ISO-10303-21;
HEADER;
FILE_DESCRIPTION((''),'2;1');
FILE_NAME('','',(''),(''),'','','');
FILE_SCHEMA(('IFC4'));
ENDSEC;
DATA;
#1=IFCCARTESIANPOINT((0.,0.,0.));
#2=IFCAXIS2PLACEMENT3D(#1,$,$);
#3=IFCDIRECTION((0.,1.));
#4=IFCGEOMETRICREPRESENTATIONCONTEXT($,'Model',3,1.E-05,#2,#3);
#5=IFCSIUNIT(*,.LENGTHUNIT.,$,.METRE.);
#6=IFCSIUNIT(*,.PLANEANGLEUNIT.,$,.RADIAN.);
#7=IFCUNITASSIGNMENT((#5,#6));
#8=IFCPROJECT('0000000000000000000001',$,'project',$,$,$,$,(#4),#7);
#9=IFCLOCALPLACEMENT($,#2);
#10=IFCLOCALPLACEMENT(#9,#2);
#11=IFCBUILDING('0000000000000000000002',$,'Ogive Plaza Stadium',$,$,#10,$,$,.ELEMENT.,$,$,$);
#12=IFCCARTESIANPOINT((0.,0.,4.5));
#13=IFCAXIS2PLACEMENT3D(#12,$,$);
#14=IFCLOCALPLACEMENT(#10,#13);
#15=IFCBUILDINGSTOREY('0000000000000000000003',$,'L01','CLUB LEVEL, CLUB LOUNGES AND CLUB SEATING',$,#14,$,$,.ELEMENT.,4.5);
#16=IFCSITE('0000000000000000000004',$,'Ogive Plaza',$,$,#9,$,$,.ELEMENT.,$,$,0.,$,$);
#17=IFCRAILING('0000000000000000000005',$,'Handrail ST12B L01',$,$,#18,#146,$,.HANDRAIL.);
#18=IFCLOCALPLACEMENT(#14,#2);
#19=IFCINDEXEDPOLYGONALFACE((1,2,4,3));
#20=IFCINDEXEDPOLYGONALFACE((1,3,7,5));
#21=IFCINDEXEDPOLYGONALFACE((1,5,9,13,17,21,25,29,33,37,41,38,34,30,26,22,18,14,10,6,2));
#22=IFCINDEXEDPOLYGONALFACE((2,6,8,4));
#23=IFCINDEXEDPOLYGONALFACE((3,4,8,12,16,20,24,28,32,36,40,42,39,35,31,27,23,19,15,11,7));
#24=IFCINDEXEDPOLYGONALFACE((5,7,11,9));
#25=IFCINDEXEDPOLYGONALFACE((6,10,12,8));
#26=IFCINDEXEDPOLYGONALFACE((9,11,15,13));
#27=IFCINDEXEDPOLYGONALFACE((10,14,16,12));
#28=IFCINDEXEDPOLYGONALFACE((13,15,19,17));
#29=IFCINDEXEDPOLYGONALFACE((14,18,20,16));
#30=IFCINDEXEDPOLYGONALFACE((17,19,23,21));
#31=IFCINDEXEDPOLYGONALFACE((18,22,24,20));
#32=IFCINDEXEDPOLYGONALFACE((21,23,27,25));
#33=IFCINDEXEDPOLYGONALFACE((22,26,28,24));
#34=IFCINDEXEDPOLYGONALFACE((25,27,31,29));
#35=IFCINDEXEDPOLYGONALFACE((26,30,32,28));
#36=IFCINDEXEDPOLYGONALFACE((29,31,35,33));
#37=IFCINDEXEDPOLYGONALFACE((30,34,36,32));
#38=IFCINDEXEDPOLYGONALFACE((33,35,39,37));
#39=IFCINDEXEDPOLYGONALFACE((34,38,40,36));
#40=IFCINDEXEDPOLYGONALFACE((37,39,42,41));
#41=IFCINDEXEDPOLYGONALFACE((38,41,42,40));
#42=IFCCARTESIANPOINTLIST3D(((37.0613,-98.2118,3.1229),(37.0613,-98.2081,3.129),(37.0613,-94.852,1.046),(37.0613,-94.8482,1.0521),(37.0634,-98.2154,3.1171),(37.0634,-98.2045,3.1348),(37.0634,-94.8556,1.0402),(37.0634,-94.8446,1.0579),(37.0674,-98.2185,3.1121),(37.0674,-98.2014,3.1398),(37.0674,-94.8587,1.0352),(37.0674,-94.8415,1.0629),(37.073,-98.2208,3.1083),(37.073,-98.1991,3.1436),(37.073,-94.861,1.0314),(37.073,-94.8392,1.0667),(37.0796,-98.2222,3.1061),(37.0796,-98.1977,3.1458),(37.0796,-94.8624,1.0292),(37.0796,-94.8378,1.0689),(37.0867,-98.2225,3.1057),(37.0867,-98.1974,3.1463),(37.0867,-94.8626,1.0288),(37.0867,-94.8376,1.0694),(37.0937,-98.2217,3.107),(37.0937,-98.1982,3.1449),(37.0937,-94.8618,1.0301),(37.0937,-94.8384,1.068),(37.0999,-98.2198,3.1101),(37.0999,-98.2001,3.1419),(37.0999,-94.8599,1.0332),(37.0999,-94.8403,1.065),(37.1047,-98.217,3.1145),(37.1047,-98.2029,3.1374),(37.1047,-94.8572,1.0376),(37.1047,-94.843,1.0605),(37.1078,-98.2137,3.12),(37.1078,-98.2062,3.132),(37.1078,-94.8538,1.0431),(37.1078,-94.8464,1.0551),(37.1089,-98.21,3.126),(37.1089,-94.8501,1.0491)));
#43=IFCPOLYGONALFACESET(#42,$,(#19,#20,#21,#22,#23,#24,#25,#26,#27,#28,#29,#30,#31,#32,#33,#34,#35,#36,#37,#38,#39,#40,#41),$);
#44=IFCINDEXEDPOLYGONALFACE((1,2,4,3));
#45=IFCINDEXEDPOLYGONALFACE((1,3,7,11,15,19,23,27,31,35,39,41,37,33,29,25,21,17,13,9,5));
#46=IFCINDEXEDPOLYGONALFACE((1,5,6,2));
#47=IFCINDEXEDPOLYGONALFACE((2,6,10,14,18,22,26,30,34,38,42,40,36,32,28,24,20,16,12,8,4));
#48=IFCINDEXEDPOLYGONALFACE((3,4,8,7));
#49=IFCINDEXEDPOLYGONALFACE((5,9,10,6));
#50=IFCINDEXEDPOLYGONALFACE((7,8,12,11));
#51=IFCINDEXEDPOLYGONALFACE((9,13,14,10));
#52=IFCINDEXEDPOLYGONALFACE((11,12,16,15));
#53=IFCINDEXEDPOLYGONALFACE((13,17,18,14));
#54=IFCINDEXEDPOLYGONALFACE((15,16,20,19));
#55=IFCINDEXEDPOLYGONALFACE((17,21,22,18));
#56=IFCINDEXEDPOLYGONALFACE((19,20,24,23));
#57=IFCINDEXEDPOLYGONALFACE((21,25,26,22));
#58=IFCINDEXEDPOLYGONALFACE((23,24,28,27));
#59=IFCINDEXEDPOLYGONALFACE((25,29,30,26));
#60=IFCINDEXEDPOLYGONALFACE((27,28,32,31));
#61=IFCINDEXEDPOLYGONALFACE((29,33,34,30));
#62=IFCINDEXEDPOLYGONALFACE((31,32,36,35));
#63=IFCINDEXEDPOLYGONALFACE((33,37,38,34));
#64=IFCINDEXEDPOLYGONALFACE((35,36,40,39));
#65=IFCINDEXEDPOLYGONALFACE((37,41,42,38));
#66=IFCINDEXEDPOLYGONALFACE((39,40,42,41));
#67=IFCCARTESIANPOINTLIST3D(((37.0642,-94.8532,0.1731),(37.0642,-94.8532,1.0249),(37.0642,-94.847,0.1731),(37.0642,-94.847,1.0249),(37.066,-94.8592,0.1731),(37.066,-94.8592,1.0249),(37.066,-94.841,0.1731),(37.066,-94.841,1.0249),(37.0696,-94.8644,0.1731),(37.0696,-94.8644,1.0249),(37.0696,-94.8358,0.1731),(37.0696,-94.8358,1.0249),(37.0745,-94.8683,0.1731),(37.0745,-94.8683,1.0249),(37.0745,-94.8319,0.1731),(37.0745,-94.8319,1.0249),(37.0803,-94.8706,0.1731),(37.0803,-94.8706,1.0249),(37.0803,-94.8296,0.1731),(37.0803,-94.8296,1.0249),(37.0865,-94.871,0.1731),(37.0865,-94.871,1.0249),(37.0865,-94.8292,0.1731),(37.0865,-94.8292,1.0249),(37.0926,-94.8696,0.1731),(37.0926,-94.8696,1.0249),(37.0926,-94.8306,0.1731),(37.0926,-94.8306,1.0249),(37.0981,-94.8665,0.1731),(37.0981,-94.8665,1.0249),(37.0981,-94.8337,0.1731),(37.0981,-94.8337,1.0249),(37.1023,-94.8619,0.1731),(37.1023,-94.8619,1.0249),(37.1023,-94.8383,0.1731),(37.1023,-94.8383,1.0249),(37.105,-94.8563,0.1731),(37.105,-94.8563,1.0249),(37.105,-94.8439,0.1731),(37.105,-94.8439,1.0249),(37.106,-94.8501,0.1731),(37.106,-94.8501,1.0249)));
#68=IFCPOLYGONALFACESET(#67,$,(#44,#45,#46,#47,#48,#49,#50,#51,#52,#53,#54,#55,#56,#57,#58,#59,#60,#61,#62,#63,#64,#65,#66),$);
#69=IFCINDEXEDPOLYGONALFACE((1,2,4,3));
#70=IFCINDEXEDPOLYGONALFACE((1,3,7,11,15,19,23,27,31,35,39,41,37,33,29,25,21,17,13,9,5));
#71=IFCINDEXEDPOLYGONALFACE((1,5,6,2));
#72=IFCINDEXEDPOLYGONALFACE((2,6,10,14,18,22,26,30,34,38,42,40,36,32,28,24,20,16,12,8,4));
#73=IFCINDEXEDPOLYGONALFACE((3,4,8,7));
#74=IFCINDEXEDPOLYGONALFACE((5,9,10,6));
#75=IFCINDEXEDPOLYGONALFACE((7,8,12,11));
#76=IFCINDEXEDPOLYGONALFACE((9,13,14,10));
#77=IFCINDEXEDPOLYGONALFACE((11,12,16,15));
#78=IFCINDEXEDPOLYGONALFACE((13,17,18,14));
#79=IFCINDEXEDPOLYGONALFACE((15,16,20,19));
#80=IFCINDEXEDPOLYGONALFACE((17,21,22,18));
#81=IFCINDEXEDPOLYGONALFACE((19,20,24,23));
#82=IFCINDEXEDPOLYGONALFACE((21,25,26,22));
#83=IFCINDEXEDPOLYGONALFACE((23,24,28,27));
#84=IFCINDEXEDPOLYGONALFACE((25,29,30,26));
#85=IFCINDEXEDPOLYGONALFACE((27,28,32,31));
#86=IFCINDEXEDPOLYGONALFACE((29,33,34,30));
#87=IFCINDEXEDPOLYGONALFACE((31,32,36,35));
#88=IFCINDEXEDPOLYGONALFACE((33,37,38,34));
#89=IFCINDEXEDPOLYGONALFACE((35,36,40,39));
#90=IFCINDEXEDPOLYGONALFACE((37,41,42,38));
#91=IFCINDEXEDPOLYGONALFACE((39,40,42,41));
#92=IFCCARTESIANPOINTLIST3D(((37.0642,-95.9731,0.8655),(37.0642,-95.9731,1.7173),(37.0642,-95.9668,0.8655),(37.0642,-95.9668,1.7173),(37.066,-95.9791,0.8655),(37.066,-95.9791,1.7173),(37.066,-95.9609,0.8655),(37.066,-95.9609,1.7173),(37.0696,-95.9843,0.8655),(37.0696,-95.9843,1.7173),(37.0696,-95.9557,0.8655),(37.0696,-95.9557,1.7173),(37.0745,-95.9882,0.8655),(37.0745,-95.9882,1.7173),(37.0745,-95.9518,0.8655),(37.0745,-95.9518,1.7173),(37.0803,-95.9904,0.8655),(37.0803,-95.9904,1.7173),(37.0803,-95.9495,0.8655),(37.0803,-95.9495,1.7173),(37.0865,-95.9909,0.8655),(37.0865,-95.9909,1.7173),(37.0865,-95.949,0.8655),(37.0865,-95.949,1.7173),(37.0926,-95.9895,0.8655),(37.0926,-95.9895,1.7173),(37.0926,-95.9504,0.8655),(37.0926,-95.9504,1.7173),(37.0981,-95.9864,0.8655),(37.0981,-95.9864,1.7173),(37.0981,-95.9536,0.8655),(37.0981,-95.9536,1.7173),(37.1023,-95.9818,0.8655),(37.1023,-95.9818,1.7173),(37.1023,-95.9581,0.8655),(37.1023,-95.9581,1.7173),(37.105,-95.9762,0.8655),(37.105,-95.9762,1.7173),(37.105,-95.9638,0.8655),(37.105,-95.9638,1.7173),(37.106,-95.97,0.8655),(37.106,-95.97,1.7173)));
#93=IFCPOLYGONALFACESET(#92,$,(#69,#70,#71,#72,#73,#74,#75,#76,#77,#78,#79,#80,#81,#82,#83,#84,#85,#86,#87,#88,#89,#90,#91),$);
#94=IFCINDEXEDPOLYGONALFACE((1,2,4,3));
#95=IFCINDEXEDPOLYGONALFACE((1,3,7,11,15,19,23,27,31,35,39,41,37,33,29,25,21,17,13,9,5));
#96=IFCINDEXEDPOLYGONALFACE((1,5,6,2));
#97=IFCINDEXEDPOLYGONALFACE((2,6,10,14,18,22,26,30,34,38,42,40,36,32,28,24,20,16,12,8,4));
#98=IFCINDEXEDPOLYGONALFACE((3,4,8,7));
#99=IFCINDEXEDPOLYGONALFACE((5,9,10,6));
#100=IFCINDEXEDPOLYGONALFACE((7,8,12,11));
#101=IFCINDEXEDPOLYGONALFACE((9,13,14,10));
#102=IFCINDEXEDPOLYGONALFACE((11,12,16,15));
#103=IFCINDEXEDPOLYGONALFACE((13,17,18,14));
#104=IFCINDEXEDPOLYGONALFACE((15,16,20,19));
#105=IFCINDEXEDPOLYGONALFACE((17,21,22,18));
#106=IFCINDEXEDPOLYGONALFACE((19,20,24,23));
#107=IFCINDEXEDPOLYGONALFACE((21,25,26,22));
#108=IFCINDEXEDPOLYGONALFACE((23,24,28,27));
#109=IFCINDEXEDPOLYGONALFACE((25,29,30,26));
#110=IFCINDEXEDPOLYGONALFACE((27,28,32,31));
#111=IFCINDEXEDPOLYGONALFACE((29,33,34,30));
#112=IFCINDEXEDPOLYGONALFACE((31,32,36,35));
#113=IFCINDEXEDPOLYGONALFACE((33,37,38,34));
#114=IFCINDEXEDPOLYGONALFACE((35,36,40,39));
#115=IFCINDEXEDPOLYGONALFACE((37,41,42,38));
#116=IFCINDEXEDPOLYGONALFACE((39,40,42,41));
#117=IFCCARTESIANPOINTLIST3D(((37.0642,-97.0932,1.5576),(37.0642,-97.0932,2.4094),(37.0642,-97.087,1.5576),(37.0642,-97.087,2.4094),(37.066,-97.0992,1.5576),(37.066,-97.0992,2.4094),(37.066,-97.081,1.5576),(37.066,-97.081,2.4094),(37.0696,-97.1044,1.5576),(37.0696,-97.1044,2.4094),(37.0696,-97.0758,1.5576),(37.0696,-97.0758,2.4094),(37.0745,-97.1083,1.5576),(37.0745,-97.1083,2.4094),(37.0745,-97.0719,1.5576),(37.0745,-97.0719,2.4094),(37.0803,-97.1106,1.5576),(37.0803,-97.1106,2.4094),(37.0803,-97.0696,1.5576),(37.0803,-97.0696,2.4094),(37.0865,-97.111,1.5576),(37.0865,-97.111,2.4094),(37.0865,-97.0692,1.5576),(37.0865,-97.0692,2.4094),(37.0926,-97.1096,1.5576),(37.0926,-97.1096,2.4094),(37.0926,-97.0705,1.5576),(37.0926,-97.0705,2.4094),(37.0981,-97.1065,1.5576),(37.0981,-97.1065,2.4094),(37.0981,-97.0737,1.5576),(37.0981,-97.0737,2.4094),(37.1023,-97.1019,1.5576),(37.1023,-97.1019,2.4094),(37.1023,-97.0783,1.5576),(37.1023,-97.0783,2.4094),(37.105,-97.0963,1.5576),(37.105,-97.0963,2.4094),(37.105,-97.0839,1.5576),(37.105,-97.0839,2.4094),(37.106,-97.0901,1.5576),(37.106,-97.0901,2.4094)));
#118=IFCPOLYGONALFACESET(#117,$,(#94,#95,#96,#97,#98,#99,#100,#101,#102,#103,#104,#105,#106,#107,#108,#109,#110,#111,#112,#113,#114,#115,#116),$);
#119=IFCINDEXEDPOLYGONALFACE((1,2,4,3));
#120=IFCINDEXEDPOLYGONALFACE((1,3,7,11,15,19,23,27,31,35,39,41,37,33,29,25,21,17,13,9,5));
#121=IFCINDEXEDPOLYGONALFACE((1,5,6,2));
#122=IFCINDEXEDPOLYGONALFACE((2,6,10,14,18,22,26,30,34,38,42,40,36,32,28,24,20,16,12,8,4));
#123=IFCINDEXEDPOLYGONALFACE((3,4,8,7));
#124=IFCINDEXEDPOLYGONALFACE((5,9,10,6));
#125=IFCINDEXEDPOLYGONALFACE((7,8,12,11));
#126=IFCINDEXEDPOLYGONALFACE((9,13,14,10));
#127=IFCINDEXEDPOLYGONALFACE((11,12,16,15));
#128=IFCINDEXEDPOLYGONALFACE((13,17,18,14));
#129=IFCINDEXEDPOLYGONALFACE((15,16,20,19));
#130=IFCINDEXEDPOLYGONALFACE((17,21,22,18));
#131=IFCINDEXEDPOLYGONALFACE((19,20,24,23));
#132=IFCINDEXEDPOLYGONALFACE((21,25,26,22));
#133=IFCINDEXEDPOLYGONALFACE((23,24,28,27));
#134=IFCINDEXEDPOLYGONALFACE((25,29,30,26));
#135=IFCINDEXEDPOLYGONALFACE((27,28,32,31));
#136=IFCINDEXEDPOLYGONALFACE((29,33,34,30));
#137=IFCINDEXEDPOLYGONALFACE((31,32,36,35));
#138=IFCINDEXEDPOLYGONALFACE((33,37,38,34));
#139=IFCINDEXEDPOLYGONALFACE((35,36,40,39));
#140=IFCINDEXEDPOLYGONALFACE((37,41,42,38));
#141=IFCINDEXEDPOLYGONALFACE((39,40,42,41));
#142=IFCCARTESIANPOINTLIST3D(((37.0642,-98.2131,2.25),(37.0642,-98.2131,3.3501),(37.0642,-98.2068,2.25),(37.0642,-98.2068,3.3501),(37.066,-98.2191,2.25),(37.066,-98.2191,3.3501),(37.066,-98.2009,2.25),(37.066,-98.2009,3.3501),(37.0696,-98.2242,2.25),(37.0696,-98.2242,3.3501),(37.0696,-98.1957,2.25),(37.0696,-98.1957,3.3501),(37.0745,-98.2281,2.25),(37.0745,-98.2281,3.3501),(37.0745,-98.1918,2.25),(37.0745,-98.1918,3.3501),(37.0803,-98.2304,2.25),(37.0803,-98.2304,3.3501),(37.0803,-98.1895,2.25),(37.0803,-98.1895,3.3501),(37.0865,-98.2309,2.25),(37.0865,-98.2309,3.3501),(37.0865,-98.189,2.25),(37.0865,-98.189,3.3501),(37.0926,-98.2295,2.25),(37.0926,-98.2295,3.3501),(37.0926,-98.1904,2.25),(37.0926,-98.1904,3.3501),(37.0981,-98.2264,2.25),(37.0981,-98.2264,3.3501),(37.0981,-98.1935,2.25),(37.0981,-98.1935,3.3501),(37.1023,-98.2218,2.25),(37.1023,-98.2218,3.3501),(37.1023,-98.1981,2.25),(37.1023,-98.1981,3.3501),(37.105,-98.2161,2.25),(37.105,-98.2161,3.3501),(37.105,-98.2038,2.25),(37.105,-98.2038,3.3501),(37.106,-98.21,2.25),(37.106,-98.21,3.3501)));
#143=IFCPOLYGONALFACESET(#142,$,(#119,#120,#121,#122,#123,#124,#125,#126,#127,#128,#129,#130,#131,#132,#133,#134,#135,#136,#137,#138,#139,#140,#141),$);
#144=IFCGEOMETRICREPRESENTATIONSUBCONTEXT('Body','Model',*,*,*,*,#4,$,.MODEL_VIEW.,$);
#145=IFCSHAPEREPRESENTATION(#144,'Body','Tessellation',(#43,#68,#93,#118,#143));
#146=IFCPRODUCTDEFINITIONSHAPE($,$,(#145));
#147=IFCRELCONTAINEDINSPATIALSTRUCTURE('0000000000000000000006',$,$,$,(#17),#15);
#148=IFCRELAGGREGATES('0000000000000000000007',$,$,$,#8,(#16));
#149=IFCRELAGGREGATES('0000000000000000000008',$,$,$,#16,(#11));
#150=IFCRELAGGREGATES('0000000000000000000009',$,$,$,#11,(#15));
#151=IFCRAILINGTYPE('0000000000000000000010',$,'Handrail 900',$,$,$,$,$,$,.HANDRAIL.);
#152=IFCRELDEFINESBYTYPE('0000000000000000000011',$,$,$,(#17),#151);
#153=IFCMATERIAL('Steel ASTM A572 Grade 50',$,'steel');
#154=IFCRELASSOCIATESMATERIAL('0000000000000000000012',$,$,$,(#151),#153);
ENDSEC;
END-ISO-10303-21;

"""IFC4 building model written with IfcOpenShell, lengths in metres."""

from ifc_helpers import new_model, si_unit, direction, frame, origin, origin_2d, place, context, subcontext, project, spatial, circle, extrude, material, type_object, element, save


model = new_model("IFC4")

# Units and contexts
model_context = context("Model", 3, precision=1e-05, world=origin(), true_north=direction((0.0, 1.0)))
body_context = subcontext(model_context, "Body", "Model", "MODEL_VIEW")
ifc_project = project(units=[si_unit("LENGTHUNIT", "METRE"), si_unit("PLANEANGLEUNIT", "RADIAN")], contexts=[model_context])

# Site, building, storey
site_placement = place(None, origin())
site = spatial("IfcSite", under=ifc_project, at=site_placement, Name="Ogive Plaza", CompositionType="ELEMENT", RefElevation=0.0)
building_placement = place(site_placement, origin())
building = spatial("IfcBuilding", under=site, at=building_placement, Name="Ogive Plaza Stadium", CompositionType="ELEMENT")
storey_placement = place(building_placement, frame((0.0, 0.0, 4.5)))
storey = spatial("IfcBuildingStorey", under=building, at=storey_placement, Name="L01", Description="CLUB LEVEL, CLUB LOUNGES AND CLUB SEATING", CompositionType="ELEMENT", Elevation=4.5)

# Railing
ifc_material_1 = material(Name="Steel ASTM A572 Grade 50", Category="steel")
railing_type_1 = type_object("IfcRailingType", Name="Handrail 900", PredefinedType="HANDRAIL", material=ifc_material_1)
for number, where, name in (
    (1, (37.085, -94.8501, 0.1731), "Handrail ST12B L01"),
):
    element("IfcRailing", number, at=place(storey_placement, frame(where)), inside=storey, type_object=railing_type_1, Name=name, PredefinedType="HANDRAIL", context=body_context, shape_type="SweptSolid", body=[
        extrude(circle(Radius=0.0239, at=origin_2d()), frame((0.0, 0.0, 0.876), z_axis=(0.0, -0.850606, 0.525803), x_axis=(1.0, 0.0, 0.0)), (0.0, 0.0, 1.0), 3.95),
        extrude(circle(Radius=0.021, at=origin_2d()), origin(), (0.0, 0.0, 1.0), 0.8518),
        extrude(circle(Radius=0.021, at=origin_2d()), frame((0.0, -1.1199, 0.6924)), (0.0, 0.0, 1.0), 0.8518),
        extrude(circle(Radius=0.021, at=origin_2d()), frame((0.0, -2.24, 1.3845)), (0.0, 0.0, 1.0), 0.8518),
        extrude(circle(Radius=0.021, at=origin_2d()), frame((0.0, -3.3599, 2.0769)), (0.0, 0.0, 1.0), 1.1001),
    ])

save(model, "model.ifc")
